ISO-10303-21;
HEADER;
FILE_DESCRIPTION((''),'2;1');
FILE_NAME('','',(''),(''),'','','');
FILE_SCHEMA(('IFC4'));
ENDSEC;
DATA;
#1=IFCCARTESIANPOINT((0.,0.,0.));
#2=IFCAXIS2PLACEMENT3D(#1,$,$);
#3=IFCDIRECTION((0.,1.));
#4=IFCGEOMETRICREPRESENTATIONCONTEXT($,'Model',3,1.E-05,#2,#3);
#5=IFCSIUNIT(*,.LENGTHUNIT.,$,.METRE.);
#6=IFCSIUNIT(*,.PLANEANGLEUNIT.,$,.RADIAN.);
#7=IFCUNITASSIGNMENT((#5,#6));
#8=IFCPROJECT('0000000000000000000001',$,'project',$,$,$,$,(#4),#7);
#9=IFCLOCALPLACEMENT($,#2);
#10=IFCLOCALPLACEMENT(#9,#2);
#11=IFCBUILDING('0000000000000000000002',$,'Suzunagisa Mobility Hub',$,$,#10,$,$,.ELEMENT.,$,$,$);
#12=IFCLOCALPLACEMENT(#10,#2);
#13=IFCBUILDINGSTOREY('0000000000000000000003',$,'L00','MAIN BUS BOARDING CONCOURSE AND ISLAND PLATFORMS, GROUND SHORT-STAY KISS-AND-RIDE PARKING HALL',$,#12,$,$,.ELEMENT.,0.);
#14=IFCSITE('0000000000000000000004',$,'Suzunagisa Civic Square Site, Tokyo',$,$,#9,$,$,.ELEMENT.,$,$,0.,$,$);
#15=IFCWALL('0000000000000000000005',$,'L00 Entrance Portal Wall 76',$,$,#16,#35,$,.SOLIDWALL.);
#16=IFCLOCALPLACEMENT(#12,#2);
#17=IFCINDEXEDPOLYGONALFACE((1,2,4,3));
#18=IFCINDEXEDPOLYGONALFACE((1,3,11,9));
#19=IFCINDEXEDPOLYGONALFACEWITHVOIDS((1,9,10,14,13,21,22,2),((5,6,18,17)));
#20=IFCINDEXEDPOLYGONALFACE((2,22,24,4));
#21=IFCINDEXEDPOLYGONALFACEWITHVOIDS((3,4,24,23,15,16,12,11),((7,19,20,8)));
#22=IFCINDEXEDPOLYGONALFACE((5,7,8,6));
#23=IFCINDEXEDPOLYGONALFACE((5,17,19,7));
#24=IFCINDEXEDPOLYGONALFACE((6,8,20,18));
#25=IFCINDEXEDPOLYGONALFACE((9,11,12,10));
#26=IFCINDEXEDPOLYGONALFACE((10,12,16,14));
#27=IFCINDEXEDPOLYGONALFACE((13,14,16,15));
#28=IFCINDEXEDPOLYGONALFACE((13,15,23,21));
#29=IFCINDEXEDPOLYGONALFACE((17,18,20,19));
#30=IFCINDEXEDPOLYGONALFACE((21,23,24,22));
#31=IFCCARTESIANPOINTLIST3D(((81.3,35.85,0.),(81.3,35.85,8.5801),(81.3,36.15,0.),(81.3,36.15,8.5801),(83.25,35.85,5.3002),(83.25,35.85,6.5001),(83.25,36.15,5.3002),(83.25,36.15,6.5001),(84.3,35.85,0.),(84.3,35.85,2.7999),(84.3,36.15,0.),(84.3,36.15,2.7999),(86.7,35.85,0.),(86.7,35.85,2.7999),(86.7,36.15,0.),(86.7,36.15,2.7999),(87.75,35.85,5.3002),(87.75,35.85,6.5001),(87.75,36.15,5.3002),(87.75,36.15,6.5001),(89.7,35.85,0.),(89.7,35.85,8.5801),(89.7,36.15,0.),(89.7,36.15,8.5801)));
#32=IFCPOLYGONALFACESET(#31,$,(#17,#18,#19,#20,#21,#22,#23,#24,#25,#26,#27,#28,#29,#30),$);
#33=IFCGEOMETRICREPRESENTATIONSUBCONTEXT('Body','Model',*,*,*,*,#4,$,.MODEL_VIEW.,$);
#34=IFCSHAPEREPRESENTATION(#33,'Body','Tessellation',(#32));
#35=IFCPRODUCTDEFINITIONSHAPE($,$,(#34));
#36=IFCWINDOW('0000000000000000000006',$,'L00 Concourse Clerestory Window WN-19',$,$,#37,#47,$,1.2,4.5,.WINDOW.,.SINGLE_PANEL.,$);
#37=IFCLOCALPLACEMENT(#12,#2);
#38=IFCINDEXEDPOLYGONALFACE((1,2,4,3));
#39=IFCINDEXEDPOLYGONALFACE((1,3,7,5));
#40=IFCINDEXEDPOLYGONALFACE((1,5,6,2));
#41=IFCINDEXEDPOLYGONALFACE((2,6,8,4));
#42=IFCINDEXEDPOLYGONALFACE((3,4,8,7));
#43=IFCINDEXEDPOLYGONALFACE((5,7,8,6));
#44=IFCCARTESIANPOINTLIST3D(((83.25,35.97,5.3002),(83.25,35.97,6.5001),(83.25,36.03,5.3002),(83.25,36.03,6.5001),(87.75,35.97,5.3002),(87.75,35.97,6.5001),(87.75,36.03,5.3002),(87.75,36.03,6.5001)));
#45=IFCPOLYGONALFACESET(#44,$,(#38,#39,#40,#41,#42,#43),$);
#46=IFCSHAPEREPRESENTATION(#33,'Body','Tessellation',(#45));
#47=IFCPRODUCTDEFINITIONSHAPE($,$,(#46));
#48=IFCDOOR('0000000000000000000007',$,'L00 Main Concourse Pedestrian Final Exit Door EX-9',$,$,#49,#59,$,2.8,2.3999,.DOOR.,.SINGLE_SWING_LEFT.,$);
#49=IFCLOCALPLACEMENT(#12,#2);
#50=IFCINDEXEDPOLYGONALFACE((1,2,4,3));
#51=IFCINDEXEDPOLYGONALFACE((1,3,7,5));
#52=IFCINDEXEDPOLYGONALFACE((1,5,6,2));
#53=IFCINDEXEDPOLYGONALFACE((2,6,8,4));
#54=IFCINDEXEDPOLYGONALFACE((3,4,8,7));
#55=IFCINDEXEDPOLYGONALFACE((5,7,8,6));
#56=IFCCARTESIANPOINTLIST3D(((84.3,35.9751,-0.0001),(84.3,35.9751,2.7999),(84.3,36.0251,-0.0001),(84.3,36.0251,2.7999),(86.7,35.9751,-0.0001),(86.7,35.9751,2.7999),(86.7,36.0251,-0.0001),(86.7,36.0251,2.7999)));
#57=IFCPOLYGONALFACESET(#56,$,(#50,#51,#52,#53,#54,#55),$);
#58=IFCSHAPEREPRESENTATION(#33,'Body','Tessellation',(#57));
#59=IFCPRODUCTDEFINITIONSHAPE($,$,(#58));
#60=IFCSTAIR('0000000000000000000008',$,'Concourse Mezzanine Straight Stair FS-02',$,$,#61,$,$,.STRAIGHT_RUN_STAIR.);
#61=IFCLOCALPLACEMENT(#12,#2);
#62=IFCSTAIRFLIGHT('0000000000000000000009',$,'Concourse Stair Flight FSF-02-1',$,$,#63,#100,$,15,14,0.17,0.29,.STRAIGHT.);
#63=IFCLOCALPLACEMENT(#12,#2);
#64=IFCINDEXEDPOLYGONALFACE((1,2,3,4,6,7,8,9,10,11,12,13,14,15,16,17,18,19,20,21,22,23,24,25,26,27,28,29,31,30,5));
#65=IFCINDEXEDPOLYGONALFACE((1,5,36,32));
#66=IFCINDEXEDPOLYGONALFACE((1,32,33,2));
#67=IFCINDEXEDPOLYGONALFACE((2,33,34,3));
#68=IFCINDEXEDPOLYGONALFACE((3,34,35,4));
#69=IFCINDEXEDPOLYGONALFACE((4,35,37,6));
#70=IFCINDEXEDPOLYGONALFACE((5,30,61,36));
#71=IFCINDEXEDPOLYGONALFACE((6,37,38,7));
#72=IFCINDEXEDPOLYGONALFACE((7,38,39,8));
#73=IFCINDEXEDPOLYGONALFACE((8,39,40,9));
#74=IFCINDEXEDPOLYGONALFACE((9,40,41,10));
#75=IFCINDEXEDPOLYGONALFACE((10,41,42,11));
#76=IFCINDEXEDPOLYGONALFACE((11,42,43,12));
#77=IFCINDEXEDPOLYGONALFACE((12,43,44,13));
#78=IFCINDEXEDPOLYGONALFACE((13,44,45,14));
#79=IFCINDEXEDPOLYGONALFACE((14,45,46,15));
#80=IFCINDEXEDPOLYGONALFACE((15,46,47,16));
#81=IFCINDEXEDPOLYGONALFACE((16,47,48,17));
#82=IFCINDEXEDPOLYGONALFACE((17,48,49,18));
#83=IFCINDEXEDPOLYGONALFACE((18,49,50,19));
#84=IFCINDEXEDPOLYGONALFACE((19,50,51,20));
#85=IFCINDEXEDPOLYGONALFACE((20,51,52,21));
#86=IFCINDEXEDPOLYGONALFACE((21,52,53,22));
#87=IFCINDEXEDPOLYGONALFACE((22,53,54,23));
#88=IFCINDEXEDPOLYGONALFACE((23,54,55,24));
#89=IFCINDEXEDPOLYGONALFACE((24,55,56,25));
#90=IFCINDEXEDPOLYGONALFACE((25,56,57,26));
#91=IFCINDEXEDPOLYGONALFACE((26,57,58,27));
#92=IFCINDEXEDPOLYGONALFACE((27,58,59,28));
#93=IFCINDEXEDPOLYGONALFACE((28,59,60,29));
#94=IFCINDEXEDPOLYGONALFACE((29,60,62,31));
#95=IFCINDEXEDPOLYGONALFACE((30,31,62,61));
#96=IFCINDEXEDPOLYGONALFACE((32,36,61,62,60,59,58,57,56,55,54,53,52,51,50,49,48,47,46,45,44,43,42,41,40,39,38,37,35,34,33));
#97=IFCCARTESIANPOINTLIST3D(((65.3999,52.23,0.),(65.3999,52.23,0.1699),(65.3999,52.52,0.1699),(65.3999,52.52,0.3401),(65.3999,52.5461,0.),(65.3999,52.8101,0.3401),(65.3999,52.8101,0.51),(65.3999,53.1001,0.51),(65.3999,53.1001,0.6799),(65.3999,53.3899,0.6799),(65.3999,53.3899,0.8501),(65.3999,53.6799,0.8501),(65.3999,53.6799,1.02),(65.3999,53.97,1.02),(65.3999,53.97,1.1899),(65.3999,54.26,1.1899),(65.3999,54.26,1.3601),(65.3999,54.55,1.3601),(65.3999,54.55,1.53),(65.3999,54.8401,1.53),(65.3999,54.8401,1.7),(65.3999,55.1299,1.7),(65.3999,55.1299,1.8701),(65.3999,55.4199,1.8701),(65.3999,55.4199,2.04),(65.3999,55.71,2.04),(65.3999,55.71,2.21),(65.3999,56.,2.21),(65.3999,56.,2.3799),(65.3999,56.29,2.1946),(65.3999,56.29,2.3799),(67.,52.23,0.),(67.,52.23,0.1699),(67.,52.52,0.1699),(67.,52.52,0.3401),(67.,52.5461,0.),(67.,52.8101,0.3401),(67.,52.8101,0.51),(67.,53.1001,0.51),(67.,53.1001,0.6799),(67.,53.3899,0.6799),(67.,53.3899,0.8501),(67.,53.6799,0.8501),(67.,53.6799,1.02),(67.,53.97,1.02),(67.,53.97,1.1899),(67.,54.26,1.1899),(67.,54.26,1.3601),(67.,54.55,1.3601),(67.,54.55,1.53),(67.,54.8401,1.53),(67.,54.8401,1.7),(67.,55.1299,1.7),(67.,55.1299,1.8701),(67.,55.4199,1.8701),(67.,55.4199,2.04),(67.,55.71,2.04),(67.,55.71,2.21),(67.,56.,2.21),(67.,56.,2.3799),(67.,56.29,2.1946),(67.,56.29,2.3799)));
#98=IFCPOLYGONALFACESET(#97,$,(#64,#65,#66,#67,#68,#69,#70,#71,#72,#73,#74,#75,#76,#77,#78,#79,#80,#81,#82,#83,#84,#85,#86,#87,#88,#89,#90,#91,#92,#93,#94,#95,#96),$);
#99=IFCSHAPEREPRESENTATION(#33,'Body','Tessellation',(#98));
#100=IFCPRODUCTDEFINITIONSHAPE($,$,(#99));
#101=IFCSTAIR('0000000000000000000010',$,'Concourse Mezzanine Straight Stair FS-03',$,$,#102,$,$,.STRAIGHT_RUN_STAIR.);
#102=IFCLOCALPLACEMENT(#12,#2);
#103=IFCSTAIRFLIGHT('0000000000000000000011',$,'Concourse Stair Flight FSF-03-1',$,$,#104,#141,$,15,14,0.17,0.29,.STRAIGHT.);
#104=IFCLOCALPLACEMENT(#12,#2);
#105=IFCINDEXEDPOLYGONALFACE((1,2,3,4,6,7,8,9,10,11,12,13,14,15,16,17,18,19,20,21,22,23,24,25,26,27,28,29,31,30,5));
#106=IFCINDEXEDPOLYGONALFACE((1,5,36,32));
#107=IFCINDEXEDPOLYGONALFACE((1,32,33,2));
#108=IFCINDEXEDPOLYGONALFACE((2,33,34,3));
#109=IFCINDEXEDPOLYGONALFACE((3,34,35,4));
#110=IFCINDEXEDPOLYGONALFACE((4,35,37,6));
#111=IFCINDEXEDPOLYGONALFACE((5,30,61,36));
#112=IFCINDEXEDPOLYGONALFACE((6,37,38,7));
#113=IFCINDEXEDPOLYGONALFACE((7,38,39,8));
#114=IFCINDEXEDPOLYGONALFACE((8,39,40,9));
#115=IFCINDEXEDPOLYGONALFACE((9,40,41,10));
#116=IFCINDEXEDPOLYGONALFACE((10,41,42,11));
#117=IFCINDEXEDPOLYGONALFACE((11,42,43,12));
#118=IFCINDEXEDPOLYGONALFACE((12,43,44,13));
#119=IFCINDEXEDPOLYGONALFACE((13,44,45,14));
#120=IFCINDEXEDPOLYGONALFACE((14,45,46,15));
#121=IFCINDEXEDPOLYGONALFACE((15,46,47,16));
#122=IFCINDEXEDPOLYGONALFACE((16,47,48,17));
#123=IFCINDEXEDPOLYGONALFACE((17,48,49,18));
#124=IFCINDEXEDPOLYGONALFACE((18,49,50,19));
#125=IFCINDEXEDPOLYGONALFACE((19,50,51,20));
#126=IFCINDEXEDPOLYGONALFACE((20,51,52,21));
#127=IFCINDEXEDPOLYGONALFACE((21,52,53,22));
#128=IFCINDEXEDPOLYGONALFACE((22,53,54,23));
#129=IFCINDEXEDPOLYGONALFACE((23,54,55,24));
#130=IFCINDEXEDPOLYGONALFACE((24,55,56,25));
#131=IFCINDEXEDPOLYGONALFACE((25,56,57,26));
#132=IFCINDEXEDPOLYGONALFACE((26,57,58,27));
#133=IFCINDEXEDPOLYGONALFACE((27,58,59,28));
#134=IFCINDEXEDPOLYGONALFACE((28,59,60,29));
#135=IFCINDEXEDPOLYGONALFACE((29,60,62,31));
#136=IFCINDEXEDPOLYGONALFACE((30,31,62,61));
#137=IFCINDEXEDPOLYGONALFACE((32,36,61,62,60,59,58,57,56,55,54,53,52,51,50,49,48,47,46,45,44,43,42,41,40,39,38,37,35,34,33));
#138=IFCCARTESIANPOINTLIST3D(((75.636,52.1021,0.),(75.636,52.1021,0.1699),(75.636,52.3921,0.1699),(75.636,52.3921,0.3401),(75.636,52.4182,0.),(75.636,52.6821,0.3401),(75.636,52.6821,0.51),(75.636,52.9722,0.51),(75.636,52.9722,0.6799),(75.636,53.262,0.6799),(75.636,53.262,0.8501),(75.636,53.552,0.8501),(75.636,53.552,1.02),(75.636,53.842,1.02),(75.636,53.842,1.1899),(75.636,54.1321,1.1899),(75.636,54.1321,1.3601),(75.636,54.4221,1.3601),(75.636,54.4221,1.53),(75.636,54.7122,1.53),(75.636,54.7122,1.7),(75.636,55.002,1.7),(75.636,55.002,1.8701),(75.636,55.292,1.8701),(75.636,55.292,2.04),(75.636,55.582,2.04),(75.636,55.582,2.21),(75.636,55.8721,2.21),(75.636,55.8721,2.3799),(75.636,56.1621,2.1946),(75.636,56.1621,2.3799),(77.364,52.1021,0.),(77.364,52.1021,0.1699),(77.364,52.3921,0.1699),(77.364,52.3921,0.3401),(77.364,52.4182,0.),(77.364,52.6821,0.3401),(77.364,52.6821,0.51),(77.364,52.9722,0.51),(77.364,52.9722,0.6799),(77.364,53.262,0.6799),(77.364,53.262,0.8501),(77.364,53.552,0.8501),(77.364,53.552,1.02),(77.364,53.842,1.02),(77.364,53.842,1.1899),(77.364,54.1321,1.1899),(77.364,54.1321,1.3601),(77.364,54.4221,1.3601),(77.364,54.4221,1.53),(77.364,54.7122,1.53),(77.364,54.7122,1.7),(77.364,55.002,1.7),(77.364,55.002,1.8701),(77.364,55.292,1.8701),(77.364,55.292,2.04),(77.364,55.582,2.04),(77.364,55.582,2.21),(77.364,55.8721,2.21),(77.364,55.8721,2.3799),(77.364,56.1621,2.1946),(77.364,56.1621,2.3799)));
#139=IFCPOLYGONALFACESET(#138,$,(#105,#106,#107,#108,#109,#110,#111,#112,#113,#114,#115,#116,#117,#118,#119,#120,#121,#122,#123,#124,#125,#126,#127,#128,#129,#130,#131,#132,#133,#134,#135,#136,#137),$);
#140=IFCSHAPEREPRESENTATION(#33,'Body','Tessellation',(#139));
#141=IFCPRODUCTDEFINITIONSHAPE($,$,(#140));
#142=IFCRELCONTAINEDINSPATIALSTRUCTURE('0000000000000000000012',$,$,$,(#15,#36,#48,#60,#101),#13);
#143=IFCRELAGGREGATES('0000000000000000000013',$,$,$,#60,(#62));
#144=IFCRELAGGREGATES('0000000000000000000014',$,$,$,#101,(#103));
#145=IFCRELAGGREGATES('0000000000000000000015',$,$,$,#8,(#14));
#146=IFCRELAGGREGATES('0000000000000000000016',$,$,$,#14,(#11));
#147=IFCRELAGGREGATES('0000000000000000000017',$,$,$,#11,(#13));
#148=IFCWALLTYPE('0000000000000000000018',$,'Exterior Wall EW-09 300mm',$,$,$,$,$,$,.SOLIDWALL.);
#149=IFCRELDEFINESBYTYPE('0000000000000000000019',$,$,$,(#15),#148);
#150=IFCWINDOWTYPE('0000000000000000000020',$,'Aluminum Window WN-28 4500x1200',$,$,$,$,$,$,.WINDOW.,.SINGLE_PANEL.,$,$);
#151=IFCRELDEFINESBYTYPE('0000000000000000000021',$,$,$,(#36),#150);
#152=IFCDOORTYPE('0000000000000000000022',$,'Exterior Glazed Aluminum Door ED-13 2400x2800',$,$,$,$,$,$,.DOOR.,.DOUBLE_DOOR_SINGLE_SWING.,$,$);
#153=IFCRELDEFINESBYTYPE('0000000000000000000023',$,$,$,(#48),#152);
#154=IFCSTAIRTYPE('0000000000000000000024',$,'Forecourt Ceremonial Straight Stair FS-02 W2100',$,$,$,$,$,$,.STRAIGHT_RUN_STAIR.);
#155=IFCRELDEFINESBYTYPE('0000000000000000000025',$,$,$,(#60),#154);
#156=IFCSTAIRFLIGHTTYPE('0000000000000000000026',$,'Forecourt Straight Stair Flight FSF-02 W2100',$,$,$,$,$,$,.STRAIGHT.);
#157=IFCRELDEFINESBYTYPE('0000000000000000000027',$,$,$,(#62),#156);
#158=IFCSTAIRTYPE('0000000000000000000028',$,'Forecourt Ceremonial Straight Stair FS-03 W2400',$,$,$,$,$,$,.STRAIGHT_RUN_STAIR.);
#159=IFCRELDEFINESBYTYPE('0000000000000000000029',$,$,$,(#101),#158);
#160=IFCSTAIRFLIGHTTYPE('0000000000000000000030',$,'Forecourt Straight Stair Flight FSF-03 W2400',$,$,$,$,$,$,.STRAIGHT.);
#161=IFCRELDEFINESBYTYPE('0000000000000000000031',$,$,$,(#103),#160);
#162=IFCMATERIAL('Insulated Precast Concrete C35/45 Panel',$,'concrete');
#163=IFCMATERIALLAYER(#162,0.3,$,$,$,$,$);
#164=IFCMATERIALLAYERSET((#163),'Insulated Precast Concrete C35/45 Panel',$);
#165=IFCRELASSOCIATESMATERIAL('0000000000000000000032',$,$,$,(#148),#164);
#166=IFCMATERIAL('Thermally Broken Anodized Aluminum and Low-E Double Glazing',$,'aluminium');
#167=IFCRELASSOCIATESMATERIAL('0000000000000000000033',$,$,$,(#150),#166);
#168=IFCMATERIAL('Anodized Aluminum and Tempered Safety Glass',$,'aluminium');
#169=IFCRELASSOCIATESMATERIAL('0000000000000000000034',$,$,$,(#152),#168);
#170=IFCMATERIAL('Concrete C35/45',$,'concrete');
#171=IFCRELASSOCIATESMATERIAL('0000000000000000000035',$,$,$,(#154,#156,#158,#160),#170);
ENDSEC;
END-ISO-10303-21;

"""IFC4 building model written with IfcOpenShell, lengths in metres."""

from ifc_helpers import new_model, si_unit, direction, frame, frame_2d, origin, place, context, subcontext, project, spatial, polyline, rectangle, outline, extrude, material, layer, layer_set, type_object, element, fill, aggregate, save


model = new_model("IFC4")

# Units and contexts
model_context = context("Model", 3, precision=1e-05, world=origin(), true_north=direction((0.0, 1.0)))
body_context = subcontext(model_context, "Body", "Model", "MODEL_VIEW")
ifc_project = project(units=[si_unit("LENGTHUNIT", "METRE"), si_unit("PLANEANGLEUNIT", "RADIAN")], contexts=[model_context])

# Site, building, storey
site_placement = place(None, origin())
site = spatial("IfcSite", under=ifc_project, at=site_placement, Name="Suzunagisa Civic Square Site, Tokyo", CompositionType="ELEMENT", RefElevation=0.0)
building_placement = place(site_placement, origin())
building = spatial("IfcBuilding", under=site, at=building_placement, Name="Suzunagisa Mobility Hub", CompositionType="ELEMENT")
storey_placement = place(building_placement, origin())
storey = spatial("IfcBuildingStorey", under=building, at=storey_placement, Name="L00", Description="MAIN BUS BOARDING CONCOURSE AND ISLAND PLATFORMS, GROUND SHORT-STAY KISS-AND-RIDE PARKING HALL", CompositionType="ELEMENT", Elevation=0.0)

# Wall, openings, window, door
ifc_material_1 = material(Name="Insulated Precast Concrete C35/45 Panel", Category="concrete")
ifc_layer_1 = layer(ifc_material_1, 0.3)
ifc_layer_set_1 = layer_set([ifc_layer_1], Name="Insulated Precast Concrete C35/45 Panel")
wall_type = type_object("IfcWallType", Name="Exterior Wall EW-09 300mm", PredefinedType="SOLIDWALL", material=ifc_layer_set_1)
ifc_material_2 = material(Name="Thermally Broken Anodized Aluminum and Low-E Double Glazing", Category="aluminium")
window_type = type_object("IfcWindowType", Name="Aluminum Window WN-28 4500x1200", PartitioningType="SINGLE_PANEL", PredefinedType="WINDOW", material=ifc_material_2)
ifc_material_3 = material(Name="Anodized Aluminum and Tempered Safety Glass", Category="aluminium")
door_type_1 = type_object("IfcDoorType", Name="Exterior Glazed Aluminum Door ED-13 2400x2800", OperationType="DOUBLE_DOOR_SINGLE_SWING", PredefinedType="DOOR", material=ifc_material_3)
wall_1_placement = place(storey_placement, frame((81.3, 36.0, 0.0), z_axis=(0.0, 0.0, 1.0), x_axis=(1.0, 0.0, 0.0)))
wall_1 = element("IfcWall", 1, at=wall_1_placement, inside=storey, type_object=wall_type, Name="L00 Entrance Portal Wall 76", PredefinedType="SOLIDWALL", context=body_context, shape_type="SweptSolid", body=[
    extrude(rectangle(XDim=8.3999, YDim=0.3, at=frame_2d((4.2, 0.0))), origin(), (0.0, 0.0, 1.0), 8.5801),
])
opening_1_placement = place(wall_1_placement, frame((5.3999, 0.0, 0.0), z_axis=(0.0, 0.0, 1.0), x_axis=(-1.0, 0.0, 0.0)))
opening_1 = element("IfcOpeningElement", 2, at=opening_1_placement, cuts=wall_1, PredefinedType="OPENING", context=body_context, shape_type="SweptSolid", body=[
    extrude(rectangle(XDim=2.3999, YDim=2.8, at=frame_2d((1.2, 1.3999))), frame((0.0, 0.1611, 0.0), z_axis=(0.0, -1.0, 0.0), x_axis=(1.0, 0.0, 0.0)), (0.0, 0.0, 1.0), 0.322),
])
opening_2_placement = place(wall_1_placement, frame((1.95, 0.0, 5.3)))
opening_2 = element("IfcOpeningElement", 3, at=opening_2_placement, cuts=wall_1, PredefinedType="OPENING", context=body_context, shape_type="SweptSolid", body=[
    extrude(rectangle(XDim=4.5, YDim=1.2, at=frame_2d((2.25, 0.6001))), frame((0.0, 0.1611, 0.0), z_axis=(0.0, -1.0, 0.0), x_axis=(1.0, 0.0, 0.0)), (0.0, 0.0, 1.0), 0.322),
])
window_1_placement = place(opening_2_placement, origin())
window_1 = element("IfcWindow", 4, at=window_1_placement, inside=storey, type_object=window_type, Name="L00 Concourse Clerestory Window WN-19", OverallHeight=1.2, OverallWidth=4.5, PartitioningType="SINGLE_PANEL", PredefinedType="WINDOW", context=body_context, shape_type="SweptSolid", body=[
    extrude(rectangle(XDim=4.5, YDim=1.2, at=frame_2d((2.25, 0.6001))), frame((0.0, 0.03, 0.0), z_axis=(0.0, -1.0, 0.0), x_axis=(1.0, 0.0, 0.0)), (0.0, 0.0, 1.0), 0.0601),
])
fill(opening_2, window_1)
door_1_placement = place(opening_1_placement, origin())
door_1 = element("IfcDoor", 5, at=door_1_placement, inside=storey, type_object=door_type_1, Name="L00 Main Concourse Pedestrian Final Exit Door EX-9", OperationType="SINGLE_SWING_LEFT", OverallHeight=2.8, OverallWidth=2.3999, PredefinedType="DOOR", context=body_context, shape_type="SweptSolid", body=[
    extrude(rectangle(XDim=2.3999, YDim=2.8, at=frame_2d((1.2, 1.3999))), frame((0.0, 0.0249, 0.0), z_axis=(0.0, -1.0, 0.0), x_axis=(1.0, 0.0, 0.0)), (0.0, 0.0, 1.0), 0.05),
])
fill(opening_1, door_1)

# Stairs, stair flights
ifc_material_4 = material(Name="Concrete C35/45", Category="concrete")
stair_type_1 = type_object("IfcStairType", Name="Forecourt Ceremonial Straight Stair FS-02 W2100", PredefinedType="STRAIGHT_RUN_STAIR", material=ifc_material_4)
stair_1_placement = place(storey_placement, origin())
stair_1 = element("IfcStair", 6, at=stair_1_placement, inside=storey, type_object=stair_type_1, Name="Concourse Mezzanine Straight Stair FS-02", PredefinedType="STRAIGHT_RUN_STAIR")
stair_flight_type_1 = type_object("IfcStairFlightType", Name="Forecourt Straight Stair Flight FSF-02 W2100", PredefinedType="STRAIGHT", material=ifc_material_4)
stair_flight_1_placement = place(storey_placement, frame((66.2, 52.23, 0.0), z_axis=(0.0, 0.0, 1.0), x_axis=(0.0, 1.0, 0.0)))
stair_flight_1 = element("IfcStairFlight", 7, at=stair_flight_1_placement, type_object=stair_flight_type_1, Name="Concourse Stair Flight FSF-02-1", NumberOfRisers=15, NumberOfTreads=14, PredefinedType="STRAIGHT", RiserHeight=0.17, TreadLength=0.29, context=body_context, shape_type="SweptSolid", body=[
    extrude(outline(polyline([(0.0, 0.0), (0.0, 0.1699), (0.29, 0.1699), (0.29, 0.3401), (0.5801, 0.3401), (0.5801, 0.51), (0.8701, 0.51), (0.8701, 0.6799), (1.1599, 0.6799), (1.1599, 0.8501), (1.45, 0.8501), (1.45, 1.02), (1.74, 1.02), (1.74, 1.1899), (2.03, 1.1899), (2.03, 1.3601), (2.3201, 1.3601), (2.3201, 1.53), (2.6101, 1.53), (2.6101, 1.7), (2.8999, 1.7), (2.8999, 1.8701), (3.1899, 1.8701), (3.1899, 2.04), (3.48, 2.04), (3.48, 2.21), (3.77, 2.21), (3.77, 2.3799), (4.0601, 2.3799), (4.0601, 2.55), (4.0601, 2.1946), (0.3162, 0.0), (0.0, 0.0)])), frame((0.0, 0.8, 0.0), z_axis=(0.0, -1.0, 0.0), x_axis=(1.0, 0.0, 0.0)), (0.0, 0.0, 1.0), 1.6001),
])
aggregate(stair_1, [stair_flight_1])
stair_type_2 = type_object("IfcStairType", Name="Forecourt Ceremonial Straight Stair FS-03 W2400", PredefinedType="STRAIGHT_RUN_STAIR", material=ifc_material_4)
stair_2_placement = place(storey_placement, origin())
stair_2 = element("IfcStair", 8, at=stair_2_placement, inside=storey, type_object=stair_type_2, Name="Concourse Mezzanine Straight Stair FS-03", PredefinedType="STRAIGHT_RUN_STAIR")
stair_flight_type_2 = type_object("IfcStairFlightType", Name="Forecourt Straight Stair Flight FSF-03 W2400", PredefinedType="STRAIGHT", material=ifc_material_4)
stair_flight_2_placement = place(storey_placement, frame((76.5, 52.1021, 0.0), z_axis=(0.0, 0.0, 1.0), x_axis=(0.0, 1.0, 0.0)))
stair_flight_2 = element("IfcStairFlight", 9, at=stair_flight_2_placement, type_object=stair_flight_type_2, Name="Concourse Stair Flight FSF-03-1", NumberOfRisers=15, NumberOfTreads=14, PredefinedType="STRAIGHT", RiserHeight=0.17, TreadLength=0.29, context=body_context, shape_type="SweptSolid", body=[
    extrude(outline(polyline([(0.0, 0.0), (0.0, 0.1699), (0.29, 0.1699), (0.29, 0.3401), (0.5801, 0.3401), (0.5801, 0.51), (0.8701, 0.51), (0.8701, 0.6799), (1.1599, 0.6799), (1.1599, 0.8501), (1.45, 0.8501), (1.45, 1.02), (1.74, 1.02), (1.74, 1.1899), (2.03, 1.1899), (2.03, 1.3601), (2.3201, 1.3601), (2.3201, 1.53), (2.6101, 1.53), (2.6101, 1.7), (2.8999, 1.7), (2.8999, 1.8701), (3.1899, 1.8701), (3.1899, 2.04), (3.48, 2.04), (3.48, 2.21), (3.77, 2.21), (3.77, 2.3799), (4.0601, 2.3799), (4.0601, 2.55), (4.0601, 2.1946), (0.3162, 0.0), (0.0, 0.0)])), frame((0.0, 0.864, 0.0), z_axis=(0.0, -1.0, 0.0), x_axis=(1.0, 0.0, 0.0)), (0.0, 0.0, 1.0), 1.728),
])
aggregate(stair_2, [stair_flight_2])

save(model, "model.ifc")
